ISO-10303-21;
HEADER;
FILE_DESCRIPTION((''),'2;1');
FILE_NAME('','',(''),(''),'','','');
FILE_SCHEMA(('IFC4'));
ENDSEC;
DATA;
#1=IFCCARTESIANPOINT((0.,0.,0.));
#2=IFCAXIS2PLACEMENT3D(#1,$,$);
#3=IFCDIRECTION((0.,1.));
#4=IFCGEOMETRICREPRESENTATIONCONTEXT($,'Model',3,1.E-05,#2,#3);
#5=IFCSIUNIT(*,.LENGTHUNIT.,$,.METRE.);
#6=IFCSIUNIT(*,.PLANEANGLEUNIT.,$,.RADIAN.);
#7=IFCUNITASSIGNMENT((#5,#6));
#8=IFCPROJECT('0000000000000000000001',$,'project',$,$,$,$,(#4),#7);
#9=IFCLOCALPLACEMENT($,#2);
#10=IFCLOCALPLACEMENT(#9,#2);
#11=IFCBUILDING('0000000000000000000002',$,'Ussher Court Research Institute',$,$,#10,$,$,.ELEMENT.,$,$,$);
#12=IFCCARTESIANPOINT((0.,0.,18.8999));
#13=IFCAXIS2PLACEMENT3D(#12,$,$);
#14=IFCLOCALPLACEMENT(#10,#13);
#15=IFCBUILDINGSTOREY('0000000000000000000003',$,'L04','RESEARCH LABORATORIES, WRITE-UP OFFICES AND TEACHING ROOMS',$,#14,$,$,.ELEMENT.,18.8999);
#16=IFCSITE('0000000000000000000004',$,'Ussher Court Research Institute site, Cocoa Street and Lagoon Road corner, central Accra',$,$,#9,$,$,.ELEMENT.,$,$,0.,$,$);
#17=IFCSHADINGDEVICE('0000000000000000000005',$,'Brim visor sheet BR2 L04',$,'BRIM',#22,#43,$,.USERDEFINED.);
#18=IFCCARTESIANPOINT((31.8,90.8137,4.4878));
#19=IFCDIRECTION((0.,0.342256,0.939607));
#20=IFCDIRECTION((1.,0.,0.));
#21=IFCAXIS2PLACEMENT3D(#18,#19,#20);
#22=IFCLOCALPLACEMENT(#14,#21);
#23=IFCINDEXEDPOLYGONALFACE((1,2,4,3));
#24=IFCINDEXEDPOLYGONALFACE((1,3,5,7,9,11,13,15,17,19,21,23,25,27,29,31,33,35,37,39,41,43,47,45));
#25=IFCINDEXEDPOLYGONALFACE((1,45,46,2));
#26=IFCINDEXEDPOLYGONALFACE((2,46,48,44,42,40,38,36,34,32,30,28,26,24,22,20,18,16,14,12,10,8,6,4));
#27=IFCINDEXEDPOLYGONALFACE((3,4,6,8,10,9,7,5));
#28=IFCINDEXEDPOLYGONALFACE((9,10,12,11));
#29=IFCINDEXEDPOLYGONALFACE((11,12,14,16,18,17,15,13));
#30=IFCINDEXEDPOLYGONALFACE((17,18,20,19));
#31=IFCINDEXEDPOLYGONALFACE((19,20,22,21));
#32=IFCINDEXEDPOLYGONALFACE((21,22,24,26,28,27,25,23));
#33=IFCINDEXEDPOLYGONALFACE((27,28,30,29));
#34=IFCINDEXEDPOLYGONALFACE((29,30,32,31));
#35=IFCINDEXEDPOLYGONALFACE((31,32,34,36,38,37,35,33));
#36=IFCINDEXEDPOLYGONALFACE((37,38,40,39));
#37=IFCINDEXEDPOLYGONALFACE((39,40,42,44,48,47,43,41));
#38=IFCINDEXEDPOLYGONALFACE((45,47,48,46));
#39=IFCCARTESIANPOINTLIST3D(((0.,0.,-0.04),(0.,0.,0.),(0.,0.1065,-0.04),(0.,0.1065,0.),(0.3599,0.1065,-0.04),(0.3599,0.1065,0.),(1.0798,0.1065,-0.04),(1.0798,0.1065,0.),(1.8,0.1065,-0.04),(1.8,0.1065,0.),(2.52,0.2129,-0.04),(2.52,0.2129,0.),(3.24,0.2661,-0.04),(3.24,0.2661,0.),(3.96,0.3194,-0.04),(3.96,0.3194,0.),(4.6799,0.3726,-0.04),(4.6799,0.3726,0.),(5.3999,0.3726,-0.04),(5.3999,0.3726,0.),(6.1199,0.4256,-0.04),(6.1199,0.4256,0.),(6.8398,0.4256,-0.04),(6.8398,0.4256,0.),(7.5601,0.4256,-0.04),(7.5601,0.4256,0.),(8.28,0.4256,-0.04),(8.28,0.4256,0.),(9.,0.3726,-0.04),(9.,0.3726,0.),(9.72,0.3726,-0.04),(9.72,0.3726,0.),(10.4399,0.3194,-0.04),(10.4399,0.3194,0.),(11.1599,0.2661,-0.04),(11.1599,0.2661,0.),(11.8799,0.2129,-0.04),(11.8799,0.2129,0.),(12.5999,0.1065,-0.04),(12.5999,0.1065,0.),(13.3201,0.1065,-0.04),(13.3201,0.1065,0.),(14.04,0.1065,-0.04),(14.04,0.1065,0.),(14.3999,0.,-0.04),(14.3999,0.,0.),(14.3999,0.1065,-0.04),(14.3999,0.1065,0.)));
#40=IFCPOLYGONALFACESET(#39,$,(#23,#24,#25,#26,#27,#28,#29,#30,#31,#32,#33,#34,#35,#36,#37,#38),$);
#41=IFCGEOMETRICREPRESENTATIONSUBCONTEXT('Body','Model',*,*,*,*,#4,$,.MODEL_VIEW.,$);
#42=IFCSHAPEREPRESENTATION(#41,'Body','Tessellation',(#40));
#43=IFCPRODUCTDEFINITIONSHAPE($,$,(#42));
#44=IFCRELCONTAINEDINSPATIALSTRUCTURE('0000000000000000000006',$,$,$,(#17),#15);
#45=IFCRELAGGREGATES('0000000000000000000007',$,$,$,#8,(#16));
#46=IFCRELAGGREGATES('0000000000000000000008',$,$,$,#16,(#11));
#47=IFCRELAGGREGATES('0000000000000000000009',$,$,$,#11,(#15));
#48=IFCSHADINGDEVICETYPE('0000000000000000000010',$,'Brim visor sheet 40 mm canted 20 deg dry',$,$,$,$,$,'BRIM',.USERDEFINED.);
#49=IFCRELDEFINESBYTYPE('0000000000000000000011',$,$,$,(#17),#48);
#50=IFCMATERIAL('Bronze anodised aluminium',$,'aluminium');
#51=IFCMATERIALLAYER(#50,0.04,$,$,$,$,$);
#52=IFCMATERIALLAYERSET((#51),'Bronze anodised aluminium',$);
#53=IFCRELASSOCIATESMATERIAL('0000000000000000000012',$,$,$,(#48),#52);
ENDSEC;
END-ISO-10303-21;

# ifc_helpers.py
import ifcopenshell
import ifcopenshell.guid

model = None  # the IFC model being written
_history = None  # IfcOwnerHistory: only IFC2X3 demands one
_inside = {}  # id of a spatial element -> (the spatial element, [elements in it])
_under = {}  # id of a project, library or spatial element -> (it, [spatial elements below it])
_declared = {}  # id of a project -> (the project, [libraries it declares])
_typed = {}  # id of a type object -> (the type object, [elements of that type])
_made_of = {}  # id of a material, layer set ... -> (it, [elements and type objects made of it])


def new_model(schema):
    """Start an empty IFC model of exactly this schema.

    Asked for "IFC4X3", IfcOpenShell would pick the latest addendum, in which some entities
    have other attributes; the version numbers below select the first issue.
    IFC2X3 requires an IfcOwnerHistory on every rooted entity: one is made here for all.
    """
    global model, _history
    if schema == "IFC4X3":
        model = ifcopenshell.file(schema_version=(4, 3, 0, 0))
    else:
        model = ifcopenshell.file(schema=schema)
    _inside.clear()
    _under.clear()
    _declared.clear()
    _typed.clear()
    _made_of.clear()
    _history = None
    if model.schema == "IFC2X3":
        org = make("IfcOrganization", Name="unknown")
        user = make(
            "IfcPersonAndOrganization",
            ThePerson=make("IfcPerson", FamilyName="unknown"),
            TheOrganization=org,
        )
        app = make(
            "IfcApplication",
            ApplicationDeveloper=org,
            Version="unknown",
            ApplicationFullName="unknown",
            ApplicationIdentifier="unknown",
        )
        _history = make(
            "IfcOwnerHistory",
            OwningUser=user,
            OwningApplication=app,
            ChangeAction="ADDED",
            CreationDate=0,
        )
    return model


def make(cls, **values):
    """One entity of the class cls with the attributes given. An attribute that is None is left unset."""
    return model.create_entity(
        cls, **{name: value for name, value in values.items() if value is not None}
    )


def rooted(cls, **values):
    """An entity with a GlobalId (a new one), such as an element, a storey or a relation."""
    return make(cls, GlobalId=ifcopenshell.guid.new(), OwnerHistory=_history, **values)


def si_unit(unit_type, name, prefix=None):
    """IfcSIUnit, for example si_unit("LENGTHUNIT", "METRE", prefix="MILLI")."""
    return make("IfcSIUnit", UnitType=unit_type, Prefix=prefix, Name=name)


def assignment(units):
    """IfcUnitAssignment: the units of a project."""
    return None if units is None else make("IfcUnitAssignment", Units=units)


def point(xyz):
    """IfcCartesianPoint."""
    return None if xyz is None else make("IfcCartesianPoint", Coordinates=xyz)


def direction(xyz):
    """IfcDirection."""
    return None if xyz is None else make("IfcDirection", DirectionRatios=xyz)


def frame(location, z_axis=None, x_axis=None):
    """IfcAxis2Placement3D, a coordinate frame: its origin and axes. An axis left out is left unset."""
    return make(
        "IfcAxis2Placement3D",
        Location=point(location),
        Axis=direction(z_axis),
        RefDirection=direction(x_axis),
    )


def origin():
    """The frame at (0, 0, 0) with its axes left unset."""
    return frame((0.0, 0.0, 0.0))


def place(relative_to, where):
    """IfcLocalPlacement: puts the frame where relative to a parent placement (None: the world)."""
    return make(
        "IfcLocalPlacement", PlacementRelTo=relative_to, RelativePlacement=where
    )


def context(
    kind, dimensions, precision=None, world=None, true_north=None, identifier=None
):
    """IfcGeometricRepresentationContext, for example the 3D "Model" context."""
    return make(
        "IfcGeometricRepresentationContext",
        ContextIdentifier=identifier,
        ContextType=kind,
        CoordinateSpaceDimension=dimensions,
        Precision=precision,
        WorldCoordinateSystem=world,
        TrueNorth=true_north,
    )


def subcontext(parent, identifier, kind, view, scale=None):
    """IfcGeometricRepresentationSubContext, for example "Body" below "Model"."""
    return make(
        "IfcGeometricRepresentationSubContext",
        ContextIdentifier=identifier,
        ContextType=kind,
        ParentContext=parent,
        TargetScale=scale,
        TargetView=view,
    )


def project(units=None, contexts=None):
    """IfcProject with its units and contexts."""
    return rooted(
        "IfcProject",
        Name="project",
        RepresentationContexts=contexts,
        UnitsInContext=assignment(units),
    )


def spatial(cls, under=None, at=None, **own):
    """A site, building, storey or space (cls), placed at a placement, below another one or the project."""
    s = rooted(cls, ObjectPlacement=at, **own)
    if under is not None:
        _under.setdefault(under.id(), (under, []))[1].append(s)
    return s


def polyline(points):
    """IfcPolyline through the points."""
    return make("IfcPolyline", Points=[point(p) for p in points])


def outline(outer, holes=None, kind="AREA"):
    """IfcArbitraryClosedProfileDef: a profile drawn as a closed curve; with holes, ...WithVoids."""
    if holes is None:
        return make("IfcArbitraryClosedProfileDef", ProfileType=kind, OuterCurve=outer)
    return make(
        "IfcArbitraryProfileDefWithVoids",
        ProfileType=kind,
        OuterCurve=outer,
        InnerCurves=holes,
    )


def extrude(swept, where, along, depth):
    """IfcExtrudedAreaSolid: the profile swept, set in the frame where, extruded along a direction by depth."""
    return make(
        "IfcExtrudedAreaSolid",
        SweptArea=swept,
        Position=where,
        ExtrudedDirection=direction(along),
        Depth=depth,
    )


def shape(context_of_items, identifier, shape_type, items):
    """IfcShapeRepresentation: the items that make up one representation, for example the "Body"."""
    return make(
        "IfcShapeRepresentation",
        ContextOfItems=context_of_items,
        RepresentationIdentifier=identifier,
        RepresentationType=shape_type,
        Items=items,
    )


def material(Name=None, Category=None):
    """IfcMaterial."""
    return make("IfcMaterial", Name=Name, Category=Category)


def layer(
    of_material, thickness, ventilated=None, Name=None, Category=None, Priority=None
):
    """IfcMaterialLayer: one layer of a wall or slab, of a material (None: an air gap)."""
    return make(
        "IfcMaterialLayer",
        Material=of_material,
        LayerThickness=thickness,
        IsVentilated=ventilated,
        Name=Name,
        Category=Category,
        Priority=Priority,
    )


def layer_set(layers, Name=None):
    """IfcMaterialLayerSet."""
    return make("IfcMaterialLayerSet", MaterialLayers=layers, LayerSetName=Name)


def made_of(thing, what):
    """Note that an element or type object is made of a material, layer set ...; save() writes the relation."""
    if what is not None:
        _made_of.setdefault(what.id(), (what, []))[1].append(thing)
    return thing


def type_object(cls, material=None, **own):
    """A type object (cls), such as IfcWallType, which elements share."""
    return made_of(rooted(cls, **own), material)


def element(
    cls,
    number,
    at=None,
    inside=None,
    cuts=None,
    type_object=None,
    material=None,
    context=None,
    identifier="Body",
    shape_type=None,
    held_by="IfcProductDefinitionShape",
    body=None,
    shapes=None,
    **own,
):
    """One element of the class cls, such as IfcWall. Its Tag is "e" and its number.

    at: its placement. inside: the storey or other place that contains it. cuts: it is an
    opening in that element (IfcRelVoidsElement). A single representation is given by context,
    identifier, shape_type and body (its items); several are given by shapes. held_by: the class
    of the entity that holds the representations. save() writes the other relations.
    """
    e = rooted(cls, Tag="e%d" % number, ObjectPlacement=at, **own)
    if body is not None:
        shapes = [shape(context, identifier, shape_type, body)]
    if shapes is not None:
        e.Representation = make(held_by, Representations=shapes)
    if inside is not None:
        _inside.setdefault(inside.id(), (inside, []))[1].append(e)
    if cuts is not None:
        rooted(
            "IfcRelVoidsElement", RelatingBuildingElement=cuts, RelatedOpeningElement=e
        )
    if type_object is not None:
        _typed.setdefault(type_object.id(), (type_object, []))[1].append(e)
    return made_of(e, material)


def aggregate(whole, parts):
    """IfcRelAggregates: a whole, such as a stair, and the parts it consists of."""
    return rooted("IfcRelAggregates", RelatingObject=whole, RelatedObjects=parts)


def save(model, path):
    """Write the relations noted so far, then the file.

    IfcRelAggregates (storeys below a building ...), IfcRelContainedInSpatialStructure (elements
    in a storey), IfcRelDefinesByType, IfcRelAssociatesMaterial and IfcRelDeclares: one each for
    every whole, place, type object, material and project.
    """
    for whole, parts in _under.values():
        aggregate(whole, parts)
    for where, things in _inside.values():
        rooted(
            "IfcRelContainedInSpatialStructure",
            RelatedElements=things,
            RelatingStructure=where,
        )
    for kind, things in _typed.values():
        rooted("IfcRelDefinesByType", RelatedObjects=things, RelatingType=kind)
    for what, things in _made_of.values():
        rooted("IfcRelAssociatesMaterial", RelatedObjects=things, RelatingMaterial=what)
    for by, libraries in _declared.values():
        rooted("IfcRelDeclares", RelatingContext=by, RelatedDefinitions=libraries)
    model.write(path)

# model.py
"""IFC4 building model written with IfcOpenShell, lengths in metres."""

from ifc_helpers import new_model, si_unit, direction, frame, origin, place, context, subcontext, project, spatial, polyline, outline, extrude, material, layer, layer_set, type_object, element, save


model = new_model("IFC4")

# Units and contexts
model_context = context("Model", 3, precision=1e-05, world=origin(), true_north=direction((0.0, 1.0)))
body_context = subcontext(model_context, "Body", "Model", "MODEL_VIEW")
ifc_project = project(units=[si_unit("LENGTHUNIT", "METRE"), si_unit("PLANEANGLEUNIT", "RADIAN")], contexts=[model_context])

# Site, building, storey
site_placement = place(None, origin())
site = spatial("IfcSite", under=ifc_project, at=site_placement, Name="Ussher Court Research Institute site, Cocoa Street and Lagoon Road corner, central Accra", CompositionType="ELEMENT", RefElevation=0.0)
building_placement = place(site_placement, origin())
building = spatial("IfcBuilding", under=site, at=building_placement, Name="Ussher Court Research Institute", CompositionType="ELEMENT")
storey_placement = place(building_placement, frame((0.0, 0.0, 18.8999)))
storey = spatial("IfcBuildingStorey", under=building, at=storey_placement, Name="L04", Description="RESEARCH LABORATORIES, WRITE-UP OFFICES AND TEACHING ROOMS", CompositionType="ELEMENT", Elevation=18.8999)

# Shading device
ifc_material_1 = material(Name="Bronze anodised aluminium", Category="aluminium")
ifc_layer_1 = layer(ifc_material_1, 0.04)
ifc_layer_set_1 = layer_set([ifc_layer_1], Name="Bronze anodised aluminium")
shading_device_type_1 = type_object("IfcShadingDeviceType", Name="Brim visor sheet 40 mm canted 20 deg dry", ElementType="BRIM", PredefinedType="USERDEFINED", material=ifc_layer_set_1)
shading_device_1_placement = place(storey_placement, frame((31.8, 90.8137, 4.4878), z_axis=(0.0, 0.342256, 0.939607), x_axis=(1.0, 0.0, 0.0)))
element("IfcShadingDevice", 1, at=shading_device_1_placement, inside=storey, type_object=shading_device_type_1, Name="Brim visor sheet BR2 L04", ObjectType="BRIM", PredefinedType="USERDEFINED", context=body_context, shape_type="SweptSolid", body=[
    extrude(outline(polyline([(0.0, 0.0), (14.3999, 0.0), (14.3999, 0.1065), (14.04, 0.1065), (13.3201, 0.1065), (12.5999, 0.1065), (11.8799, 0.2129), (11.1599, 0.2661), (10.4399, 0.3194), (9.72, 0.3726), (9.0, 0.3726), (8.28, 0.4256), (7.5601, 0.4256), (6.8398, 0.4256), (6.1199, 0.4256), (5.3999, 0.3726), (4.6799, 0.3726), (3.96, 0.3194), (3.24, 0.2661), (2.52, 0.2129), (1.8, 0.1065), (1.0798, 0.1065), (0.3599, 0.1065), (0.0, 0.1065), (0.0, 0.0)])), origin(), (0.0, 0.0, -1.0), 0.04),
])

save(model, "model.ifc")
